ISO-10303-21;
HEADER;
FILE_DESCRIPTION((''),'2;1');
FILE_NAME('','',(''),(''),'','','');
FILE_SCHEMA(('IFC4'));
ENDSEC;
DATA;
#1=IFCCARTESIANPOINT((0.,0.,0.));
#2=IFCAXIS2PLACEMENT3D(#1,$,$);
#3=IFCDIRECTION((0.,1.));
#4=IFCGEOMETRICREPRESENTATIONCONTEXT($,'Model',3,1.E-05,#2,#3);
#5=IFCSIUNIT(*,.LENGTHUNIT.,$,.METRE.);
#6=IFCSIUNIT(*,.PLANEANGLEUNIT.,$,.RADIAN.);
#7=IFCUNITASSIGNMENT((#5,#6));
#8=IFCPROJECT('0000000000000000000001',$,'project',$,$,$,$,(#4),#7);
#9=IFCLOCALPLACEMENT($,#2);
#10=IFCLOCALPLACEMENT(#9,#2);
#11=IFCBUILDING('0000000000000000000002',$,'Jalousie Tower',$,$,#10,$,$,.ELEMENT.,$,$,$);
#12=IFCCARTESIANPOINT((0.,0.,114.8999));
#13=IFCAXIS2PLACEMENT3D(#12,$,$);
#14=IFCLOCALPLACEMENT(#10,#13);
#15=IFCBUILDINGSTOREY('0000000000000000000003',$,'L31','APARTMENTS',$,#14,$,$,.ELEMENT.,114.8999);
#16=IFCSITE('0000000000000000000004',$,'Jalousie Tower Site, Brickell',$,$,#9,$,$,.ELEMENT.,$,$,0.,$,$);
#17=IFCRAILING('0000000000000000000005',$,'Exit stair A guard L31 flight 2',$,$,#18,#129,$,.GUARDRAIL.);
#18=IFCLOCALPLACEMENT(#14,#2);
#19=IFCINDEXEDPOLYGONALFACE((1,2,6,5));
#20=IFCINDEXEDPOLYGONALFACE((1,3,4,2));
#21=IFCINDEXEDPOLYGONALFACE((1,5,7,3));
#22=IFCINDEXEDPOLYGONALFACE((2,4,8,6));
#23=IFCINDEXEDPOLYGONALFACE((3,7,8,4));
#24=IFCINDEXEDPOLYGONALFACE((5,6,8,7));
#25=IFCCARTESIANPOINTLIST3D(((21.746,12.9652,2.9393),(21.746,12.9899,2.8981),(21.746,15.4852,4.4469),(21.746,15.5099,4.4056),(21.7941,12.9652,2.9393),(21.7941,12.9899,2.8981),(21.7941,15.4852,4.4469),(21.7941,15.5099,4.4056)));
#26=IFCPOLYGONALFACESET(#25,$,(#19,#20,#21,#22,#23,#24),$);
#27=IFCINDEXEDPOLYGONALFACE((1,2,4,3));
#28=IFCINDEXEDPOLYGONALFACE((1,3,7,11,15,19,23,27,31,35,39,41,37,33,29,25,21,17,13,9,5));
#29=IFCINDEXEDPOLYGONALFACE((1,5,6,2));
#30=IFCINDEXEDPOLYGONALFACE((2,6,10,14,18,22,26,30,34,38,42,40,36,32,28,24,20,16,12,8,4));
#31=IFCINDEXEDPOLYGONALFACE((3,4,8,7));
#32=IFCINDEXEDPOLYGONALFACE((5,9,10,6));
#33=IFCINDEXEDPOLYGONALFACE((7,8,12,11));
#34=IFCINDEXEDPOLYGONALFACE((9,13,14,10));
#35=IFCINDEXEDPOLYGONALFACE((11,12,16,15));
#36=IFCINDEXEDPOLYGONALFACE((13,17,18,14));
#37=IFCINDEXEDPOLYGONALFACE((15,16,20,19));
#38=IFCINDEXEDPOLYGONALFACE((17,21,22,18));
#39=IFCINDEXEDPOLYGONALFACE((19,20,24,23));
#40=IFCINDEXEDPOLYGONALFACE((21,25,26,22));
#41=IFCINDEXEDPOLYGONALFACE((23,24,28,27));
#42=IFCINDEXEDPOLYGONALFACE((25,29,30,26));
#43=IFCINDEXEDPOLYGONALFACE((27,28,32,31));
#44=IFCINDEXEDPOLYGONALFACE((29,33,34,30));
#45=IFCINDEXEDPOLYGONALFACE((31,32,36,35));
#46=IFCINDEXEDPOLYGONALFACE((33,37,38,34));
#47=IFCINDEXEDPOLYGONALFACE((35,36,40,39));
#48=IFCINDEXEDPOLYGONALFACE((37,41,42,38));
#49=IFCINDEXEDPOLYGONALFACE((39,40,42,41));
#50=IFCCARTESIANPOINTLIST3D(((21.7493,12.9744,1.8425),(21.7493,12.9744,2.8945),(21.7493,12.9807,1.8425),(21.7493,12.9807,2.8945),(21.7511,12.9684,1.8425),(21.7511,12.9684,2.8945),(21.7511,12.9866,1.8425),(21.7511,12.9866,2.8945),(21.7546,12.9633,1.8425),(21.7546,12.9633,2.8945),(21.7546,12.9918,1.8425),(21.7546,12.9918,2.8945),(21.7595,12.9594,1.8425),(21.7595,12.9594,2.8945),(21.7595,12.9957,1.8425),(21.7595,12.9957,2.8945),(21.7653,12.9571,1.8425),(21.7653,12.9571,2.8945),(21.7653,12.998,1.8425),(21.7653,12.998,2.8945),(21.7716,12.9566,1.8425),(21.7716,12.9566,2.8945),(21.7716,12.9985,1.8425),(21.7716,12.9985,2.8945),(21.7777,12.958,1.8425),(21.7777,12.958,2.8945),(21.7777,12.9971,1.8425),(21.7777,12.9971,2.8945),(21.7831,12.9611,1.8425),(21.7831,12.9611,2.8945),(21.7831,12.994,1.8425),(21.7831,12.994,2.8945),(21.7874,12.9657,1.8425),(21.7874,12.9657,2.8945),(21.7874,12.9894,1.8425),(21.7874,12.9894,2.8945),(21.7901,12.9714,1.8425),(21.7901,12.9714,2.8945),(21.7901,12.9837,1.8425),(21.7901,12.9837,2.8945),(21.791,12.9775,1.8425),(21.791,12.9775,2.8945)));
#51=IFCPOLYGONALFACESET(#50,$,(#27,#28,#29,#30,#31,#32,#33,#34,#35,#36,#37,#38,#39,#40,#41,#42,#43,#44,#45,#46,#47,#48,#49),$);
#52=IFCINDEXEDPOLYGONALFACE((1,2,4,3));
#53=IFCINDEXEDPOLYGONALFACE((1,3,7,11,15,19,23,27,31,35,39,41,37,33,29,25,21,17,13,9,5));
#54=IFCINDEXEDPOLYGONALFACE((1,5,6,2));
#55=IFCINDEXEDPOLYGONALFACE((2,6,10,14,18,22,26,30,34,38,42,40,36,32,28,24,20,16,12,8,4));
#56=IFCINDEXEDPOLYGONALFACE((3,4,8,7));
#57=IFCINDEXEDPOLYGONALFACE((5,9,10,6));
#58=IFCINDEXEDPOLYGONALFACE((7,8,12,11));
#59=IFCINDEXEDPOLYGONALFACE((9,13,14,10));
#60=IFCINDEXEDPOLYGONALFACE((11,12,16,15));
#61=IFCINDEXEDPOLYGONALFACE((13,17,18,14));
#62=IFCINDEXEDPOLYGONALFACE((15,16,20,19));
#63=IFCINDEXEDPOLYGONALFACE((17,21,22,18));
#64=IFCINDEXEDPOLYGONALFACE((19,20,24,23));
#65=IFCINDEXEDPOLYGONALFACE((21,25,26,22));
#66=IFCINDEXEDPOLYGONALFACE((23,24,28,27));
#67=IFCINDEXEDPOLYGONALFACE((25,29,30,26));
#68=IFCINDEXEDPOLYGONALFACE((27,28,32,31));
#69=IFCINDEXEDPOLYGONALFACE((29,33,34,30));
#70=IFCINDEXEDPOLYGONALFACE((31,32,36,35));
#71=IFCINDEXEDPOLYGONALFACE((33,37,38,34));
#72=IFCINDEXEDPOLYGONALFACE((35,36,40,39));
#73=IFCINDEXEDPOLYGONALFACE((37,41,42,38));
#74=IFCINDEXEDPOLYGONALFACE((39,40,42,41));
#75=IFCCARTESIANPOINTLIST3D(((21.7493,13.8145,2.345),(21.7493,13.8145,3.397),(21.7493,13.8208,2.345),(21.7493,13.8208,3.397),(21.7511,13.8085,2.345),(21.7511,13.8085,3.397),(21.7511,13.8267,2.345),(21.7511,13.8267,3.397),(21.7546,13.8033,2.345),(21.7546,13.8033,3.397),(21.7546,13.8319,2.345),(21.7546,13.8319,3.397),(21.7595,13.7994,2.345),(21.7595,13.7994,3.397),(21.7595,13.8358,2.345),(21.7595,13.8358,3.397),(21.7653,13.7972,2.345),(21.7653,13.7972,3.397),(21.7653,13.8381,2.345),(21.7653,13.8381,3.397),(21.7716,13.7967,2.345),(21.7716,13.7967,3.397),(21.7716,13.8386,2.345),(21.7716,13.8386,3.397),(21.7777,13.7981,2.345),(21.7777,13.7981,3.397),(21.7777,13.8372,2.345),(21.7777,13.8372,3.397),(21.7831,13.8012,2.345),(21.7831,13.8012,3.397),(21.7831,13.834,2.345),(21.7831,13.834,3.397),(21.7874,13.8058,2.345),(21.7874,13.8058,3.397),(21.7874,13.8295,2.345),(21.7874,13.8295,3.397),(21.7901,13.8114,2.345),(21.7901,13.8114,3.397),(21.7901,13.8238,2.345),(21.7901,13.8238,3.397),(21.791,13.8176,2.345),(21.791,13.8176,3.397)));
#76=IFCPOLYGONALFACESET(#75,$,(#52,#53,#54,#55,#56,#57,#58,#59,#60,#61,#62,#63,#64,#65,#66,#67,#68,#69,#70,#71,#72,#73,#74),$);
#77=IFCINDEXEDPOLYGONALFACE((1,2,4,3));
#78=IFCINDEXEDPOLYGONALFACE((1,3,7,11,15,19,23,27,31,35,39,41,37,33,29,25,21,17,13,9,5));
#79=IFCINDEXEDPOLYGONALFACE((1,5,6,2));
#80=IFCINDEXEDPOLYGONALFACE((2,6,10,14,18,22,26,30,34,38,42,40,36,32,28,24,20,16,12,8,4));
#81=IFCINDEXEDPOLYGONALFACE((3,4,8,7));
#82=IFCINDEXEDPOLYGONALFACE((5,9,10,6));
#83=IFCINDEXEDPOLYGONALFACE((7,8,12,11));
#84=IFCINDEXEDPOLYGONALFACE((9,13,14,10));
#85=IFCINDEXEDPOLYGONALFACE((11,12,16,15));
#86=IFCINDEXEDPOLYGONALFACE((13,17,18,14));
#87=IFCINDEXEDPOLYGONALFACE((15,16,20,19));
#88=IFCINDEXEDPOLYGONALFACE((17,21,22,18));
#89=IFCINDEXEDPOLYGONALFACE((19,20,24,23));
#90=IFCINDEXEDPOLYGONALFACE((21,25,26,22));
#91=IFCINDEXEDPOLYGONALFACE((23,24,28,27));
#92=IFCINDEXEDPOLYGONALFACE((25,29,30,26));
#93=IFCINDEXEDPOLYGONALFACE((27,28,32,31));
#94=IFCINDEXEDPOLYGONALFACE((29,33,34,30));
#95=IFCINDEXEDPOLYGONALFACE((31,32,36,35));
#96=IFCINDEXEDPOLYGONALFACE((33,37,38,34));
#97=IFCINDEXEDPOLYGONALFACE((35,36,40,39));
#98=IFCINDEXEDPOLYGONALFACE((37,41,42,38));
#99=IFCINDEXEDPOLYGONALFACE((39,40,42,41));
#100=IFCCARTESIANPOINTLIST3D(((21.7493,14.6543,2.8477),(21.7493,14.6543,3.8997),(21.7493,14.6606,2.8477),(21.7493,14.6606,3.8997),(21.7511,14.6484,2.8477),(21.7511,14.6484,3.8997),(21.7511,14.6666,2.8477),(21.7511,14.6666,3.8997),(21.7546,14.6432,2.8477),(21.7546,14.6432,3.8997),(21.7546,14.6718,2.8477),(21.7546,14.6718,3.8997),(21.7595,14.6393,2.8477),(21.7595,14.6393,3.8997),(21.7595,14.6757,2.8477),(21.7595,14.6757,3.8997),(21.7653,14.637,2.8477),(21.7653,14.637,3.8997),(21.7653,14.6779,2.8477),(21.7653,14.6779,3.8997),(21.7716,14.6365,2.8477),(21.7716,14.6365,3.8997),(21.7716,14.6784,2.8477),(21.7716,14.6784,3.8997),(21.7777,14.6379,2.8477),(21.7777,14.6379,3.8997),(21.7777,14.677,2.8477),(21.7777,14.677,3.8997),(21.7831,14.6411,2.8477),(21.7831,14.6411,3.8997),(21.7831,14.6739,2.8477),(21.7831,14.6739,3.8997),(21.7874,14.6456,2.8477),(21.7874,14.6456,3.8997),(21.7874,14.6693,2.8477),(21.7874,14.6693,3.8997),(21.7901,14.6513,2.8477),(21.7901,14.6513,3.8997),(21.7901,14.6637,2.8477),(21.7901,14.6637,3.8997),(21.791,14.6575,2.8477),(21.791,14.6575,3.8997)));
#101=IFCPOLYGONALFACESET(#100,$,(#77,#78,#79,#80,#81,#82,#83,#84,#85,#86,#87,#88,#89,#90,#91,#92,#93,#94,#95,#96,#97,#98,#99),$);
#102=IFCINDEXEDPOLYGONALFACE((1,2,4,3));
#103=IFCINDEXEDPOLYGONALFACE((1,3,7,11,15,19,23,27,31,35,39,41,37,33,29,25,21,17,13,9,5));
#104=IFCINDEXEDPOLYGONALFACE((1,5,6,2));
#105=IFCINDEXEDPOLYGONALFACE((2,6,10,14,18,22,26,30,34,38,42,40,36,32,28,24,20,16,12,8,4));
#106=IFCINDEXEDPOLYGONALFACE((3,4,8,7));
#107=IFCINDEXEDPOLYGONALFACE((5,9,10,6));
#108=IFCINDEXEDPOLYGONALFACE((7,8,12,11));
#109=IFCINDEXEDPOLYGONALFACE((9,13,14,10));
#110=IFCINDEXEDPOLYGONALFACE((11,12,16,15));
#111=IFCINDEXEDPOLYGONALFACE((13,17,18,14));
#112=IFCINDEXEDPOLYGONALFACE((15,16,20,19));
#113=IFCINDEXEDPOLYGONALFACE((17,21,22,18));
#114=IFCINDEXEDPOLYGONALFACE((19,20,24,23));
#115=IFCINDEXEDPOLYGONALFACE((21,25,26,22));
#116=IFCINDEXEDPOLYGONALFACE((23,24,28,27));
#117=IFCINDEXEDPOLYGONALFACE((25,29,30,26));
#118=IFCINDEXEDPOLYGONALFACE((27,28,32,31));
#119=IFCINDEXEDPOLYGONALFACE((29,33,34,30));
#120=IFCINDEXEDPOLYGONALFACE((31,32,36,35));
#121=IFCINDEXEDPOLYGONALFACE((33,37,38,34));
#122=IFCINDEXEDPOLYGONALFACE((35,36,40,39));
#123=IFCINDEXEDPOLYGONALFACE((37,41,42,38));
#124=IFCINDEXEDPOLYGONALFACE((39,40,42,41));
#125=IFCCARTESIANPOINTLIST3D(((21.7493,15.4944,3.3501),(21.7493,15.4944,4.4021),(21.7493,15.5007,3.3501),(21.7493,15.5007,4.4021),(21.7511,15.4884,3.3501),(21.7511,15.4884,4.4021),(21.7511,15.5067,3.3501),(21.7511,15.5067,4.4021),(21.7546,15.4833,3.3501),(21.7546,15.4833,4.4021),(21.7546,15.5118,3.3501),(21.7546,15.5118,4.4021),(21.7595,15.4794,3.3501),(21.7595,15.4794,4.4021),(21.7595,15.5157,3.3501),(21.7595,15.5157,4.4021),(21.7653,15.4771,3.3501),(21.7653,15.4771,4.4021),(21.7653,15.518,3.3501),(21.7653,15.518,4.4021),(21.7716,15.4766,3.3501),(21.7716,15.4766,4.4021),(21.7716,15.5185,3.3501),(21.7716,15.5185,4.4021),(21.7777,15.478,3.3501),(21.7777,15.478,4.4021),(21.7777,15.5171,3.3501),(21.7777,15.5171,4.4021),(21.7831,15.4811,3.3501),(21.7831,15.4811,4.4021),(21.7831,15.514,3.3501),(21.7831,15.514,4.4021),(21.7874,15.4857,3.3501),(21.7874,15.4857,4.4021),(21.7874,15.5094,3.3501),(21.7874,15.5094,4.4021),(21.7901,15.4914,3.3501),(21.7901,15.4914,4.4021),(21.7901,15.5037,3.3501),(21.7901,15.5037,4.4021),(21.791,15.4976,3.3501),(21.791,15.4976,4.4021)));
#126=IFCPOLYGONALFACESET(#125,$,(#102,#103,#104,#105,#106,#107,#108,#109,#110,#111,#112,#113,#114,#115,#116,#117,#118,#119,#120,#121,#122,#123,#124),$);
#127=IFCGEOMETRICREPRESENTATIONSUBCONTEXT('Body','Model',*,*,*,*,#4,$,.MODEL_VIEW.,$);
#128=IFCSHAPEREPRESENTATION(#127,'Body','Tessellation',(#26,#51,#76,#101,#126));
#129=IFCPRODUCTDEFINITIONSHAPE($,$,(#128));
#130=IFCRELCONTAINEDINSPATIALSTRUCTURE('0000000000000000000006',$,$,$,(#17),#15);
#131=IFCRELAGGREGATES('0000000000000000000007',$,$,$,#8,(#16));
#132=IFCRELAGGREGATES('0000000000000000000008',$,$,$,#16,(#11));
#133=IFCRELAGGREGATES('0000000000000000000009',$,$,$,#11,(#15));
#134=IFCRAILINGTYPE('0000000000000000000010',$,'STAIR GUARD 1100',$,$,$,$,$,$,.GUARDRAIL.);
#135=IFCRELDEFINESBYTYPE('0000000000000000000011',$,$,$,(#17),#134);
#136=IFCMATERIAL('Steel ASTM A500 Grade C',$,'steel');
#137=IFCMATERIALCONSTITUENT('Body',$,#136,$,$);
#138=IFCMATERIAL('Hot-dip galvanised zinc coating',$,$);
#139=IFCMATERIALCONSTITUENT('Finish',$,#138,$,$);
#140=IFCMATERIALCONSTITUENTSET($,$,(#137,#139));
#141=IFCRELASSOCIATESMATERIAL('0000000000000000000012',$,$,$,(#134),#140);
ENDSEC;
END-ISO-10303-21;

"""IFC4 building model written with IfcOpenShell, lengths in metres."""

from ifc_helpers import new_model, si_unit, direction, frame, origin, origin_2d, place, context, subcontext, project, spatial, rectangle, circle, extrude, material, constituent, constituent_set, type_object, element, save


model = new_model("IFC4")

# Units and contexts
model_context = context("Model", 3, precision=1e-05, world=origin(), true_north=direction((0.0, 1.0)))
body_context = subcontext(model_context, "Body", "Model", "MODEL_VIEW")
ifc_project = project(units=[si_unit("LENGTHUNIT", "METRE"), si_unit("PLANEANGLEUNIT", "RADIAN")], contexts=[model_context])

# Site, building, storey
site_placement = place(None, origin())
site = spatial("IfcSite", under=ifc_project, at=site_placement, Name="Jalousie Tower Site, Brickell", CompositionType="ELEMENT", RefElevation=0.0)
building_placement = place(site_placement, origin())
building = spatial("IfcBuilding", under=site, at=building_placement, Name="Jalousie Tower", CompositionType="ELEMENT")
storey_placement = place(building_placement, frame((0.0, 0.0, 114.8999)))
storey = spatial("IfcBuildingStorey", under=building, at=storey_placement, Name="L31", Description="APARTMENTS", CompositionType="ELEMENT", Elevation=114.8999)

# Railing
ifc_material_1 = material(Name="Steel ASTM A500 Grade C", Category="steel")
ifc_constituent_1 = constituent(ifc_material_1, Name="Body")
ifc_material_2 = material(Name="Hot-dip galvanised zinc coating")
ifc_constituent_2 = constituent(ifc_material_2, Name="Finish")
ifc_constituent_set_1 = constituent_set(constituents=[ifc_constituent_1, ifc_constituent_2])
railing_type_1 = type_object("IfcRailingType", Name="STAIR GUARD 1100", PredefinedType="GUARDRAIL", material=ifc_constituent_set_1)
railing_1_placement = place(storey_placement, frame((21.77, 12.9775, 1.8425)))
element("IfcRailing", 1, at=railing_1_placement, inside=storey, type_object=railing_type_1, Name="Exit stair A guard L31 flight 2", PredefinedType="GUARDRAIL", context=body_context, shape_type="SweptSolid", body=[
    extrude(rectangle(XDim=0.0481, YDim=0.0481, at=origin_2d()), frame((0.0, 0.0, 1.0762), z_axis=(0.0, 0.85816, 0.513383), x_axis=(-1.0, 0.0, 0.0)), (0.0, 0.0, 1.0), 2.9365),
    extrude(circle(Radius=0.021, at=origin_2d()), origin(), (0.0, 0.0, 1.0), 1.052),
    extrude(circle(Radius=0.021, at=origin_2d()), frame((0.0, 0.8401, 0.5024)), (0.0, 0.0, 1.0), 1.052),
    extrude(circle(Radius=0.021, at=origin_2d()), frame((0.0, 1.6799, 1.0051)), (0.0, 0.0, 1.0), 1.052),
    extrude(circle(Radius=0.021, at=origin_2d()), frame((0.0, 2.52, 1.5076)), (0.0, 0.0, 1.0), 1.052),
])

save(model, "model.ifc")
